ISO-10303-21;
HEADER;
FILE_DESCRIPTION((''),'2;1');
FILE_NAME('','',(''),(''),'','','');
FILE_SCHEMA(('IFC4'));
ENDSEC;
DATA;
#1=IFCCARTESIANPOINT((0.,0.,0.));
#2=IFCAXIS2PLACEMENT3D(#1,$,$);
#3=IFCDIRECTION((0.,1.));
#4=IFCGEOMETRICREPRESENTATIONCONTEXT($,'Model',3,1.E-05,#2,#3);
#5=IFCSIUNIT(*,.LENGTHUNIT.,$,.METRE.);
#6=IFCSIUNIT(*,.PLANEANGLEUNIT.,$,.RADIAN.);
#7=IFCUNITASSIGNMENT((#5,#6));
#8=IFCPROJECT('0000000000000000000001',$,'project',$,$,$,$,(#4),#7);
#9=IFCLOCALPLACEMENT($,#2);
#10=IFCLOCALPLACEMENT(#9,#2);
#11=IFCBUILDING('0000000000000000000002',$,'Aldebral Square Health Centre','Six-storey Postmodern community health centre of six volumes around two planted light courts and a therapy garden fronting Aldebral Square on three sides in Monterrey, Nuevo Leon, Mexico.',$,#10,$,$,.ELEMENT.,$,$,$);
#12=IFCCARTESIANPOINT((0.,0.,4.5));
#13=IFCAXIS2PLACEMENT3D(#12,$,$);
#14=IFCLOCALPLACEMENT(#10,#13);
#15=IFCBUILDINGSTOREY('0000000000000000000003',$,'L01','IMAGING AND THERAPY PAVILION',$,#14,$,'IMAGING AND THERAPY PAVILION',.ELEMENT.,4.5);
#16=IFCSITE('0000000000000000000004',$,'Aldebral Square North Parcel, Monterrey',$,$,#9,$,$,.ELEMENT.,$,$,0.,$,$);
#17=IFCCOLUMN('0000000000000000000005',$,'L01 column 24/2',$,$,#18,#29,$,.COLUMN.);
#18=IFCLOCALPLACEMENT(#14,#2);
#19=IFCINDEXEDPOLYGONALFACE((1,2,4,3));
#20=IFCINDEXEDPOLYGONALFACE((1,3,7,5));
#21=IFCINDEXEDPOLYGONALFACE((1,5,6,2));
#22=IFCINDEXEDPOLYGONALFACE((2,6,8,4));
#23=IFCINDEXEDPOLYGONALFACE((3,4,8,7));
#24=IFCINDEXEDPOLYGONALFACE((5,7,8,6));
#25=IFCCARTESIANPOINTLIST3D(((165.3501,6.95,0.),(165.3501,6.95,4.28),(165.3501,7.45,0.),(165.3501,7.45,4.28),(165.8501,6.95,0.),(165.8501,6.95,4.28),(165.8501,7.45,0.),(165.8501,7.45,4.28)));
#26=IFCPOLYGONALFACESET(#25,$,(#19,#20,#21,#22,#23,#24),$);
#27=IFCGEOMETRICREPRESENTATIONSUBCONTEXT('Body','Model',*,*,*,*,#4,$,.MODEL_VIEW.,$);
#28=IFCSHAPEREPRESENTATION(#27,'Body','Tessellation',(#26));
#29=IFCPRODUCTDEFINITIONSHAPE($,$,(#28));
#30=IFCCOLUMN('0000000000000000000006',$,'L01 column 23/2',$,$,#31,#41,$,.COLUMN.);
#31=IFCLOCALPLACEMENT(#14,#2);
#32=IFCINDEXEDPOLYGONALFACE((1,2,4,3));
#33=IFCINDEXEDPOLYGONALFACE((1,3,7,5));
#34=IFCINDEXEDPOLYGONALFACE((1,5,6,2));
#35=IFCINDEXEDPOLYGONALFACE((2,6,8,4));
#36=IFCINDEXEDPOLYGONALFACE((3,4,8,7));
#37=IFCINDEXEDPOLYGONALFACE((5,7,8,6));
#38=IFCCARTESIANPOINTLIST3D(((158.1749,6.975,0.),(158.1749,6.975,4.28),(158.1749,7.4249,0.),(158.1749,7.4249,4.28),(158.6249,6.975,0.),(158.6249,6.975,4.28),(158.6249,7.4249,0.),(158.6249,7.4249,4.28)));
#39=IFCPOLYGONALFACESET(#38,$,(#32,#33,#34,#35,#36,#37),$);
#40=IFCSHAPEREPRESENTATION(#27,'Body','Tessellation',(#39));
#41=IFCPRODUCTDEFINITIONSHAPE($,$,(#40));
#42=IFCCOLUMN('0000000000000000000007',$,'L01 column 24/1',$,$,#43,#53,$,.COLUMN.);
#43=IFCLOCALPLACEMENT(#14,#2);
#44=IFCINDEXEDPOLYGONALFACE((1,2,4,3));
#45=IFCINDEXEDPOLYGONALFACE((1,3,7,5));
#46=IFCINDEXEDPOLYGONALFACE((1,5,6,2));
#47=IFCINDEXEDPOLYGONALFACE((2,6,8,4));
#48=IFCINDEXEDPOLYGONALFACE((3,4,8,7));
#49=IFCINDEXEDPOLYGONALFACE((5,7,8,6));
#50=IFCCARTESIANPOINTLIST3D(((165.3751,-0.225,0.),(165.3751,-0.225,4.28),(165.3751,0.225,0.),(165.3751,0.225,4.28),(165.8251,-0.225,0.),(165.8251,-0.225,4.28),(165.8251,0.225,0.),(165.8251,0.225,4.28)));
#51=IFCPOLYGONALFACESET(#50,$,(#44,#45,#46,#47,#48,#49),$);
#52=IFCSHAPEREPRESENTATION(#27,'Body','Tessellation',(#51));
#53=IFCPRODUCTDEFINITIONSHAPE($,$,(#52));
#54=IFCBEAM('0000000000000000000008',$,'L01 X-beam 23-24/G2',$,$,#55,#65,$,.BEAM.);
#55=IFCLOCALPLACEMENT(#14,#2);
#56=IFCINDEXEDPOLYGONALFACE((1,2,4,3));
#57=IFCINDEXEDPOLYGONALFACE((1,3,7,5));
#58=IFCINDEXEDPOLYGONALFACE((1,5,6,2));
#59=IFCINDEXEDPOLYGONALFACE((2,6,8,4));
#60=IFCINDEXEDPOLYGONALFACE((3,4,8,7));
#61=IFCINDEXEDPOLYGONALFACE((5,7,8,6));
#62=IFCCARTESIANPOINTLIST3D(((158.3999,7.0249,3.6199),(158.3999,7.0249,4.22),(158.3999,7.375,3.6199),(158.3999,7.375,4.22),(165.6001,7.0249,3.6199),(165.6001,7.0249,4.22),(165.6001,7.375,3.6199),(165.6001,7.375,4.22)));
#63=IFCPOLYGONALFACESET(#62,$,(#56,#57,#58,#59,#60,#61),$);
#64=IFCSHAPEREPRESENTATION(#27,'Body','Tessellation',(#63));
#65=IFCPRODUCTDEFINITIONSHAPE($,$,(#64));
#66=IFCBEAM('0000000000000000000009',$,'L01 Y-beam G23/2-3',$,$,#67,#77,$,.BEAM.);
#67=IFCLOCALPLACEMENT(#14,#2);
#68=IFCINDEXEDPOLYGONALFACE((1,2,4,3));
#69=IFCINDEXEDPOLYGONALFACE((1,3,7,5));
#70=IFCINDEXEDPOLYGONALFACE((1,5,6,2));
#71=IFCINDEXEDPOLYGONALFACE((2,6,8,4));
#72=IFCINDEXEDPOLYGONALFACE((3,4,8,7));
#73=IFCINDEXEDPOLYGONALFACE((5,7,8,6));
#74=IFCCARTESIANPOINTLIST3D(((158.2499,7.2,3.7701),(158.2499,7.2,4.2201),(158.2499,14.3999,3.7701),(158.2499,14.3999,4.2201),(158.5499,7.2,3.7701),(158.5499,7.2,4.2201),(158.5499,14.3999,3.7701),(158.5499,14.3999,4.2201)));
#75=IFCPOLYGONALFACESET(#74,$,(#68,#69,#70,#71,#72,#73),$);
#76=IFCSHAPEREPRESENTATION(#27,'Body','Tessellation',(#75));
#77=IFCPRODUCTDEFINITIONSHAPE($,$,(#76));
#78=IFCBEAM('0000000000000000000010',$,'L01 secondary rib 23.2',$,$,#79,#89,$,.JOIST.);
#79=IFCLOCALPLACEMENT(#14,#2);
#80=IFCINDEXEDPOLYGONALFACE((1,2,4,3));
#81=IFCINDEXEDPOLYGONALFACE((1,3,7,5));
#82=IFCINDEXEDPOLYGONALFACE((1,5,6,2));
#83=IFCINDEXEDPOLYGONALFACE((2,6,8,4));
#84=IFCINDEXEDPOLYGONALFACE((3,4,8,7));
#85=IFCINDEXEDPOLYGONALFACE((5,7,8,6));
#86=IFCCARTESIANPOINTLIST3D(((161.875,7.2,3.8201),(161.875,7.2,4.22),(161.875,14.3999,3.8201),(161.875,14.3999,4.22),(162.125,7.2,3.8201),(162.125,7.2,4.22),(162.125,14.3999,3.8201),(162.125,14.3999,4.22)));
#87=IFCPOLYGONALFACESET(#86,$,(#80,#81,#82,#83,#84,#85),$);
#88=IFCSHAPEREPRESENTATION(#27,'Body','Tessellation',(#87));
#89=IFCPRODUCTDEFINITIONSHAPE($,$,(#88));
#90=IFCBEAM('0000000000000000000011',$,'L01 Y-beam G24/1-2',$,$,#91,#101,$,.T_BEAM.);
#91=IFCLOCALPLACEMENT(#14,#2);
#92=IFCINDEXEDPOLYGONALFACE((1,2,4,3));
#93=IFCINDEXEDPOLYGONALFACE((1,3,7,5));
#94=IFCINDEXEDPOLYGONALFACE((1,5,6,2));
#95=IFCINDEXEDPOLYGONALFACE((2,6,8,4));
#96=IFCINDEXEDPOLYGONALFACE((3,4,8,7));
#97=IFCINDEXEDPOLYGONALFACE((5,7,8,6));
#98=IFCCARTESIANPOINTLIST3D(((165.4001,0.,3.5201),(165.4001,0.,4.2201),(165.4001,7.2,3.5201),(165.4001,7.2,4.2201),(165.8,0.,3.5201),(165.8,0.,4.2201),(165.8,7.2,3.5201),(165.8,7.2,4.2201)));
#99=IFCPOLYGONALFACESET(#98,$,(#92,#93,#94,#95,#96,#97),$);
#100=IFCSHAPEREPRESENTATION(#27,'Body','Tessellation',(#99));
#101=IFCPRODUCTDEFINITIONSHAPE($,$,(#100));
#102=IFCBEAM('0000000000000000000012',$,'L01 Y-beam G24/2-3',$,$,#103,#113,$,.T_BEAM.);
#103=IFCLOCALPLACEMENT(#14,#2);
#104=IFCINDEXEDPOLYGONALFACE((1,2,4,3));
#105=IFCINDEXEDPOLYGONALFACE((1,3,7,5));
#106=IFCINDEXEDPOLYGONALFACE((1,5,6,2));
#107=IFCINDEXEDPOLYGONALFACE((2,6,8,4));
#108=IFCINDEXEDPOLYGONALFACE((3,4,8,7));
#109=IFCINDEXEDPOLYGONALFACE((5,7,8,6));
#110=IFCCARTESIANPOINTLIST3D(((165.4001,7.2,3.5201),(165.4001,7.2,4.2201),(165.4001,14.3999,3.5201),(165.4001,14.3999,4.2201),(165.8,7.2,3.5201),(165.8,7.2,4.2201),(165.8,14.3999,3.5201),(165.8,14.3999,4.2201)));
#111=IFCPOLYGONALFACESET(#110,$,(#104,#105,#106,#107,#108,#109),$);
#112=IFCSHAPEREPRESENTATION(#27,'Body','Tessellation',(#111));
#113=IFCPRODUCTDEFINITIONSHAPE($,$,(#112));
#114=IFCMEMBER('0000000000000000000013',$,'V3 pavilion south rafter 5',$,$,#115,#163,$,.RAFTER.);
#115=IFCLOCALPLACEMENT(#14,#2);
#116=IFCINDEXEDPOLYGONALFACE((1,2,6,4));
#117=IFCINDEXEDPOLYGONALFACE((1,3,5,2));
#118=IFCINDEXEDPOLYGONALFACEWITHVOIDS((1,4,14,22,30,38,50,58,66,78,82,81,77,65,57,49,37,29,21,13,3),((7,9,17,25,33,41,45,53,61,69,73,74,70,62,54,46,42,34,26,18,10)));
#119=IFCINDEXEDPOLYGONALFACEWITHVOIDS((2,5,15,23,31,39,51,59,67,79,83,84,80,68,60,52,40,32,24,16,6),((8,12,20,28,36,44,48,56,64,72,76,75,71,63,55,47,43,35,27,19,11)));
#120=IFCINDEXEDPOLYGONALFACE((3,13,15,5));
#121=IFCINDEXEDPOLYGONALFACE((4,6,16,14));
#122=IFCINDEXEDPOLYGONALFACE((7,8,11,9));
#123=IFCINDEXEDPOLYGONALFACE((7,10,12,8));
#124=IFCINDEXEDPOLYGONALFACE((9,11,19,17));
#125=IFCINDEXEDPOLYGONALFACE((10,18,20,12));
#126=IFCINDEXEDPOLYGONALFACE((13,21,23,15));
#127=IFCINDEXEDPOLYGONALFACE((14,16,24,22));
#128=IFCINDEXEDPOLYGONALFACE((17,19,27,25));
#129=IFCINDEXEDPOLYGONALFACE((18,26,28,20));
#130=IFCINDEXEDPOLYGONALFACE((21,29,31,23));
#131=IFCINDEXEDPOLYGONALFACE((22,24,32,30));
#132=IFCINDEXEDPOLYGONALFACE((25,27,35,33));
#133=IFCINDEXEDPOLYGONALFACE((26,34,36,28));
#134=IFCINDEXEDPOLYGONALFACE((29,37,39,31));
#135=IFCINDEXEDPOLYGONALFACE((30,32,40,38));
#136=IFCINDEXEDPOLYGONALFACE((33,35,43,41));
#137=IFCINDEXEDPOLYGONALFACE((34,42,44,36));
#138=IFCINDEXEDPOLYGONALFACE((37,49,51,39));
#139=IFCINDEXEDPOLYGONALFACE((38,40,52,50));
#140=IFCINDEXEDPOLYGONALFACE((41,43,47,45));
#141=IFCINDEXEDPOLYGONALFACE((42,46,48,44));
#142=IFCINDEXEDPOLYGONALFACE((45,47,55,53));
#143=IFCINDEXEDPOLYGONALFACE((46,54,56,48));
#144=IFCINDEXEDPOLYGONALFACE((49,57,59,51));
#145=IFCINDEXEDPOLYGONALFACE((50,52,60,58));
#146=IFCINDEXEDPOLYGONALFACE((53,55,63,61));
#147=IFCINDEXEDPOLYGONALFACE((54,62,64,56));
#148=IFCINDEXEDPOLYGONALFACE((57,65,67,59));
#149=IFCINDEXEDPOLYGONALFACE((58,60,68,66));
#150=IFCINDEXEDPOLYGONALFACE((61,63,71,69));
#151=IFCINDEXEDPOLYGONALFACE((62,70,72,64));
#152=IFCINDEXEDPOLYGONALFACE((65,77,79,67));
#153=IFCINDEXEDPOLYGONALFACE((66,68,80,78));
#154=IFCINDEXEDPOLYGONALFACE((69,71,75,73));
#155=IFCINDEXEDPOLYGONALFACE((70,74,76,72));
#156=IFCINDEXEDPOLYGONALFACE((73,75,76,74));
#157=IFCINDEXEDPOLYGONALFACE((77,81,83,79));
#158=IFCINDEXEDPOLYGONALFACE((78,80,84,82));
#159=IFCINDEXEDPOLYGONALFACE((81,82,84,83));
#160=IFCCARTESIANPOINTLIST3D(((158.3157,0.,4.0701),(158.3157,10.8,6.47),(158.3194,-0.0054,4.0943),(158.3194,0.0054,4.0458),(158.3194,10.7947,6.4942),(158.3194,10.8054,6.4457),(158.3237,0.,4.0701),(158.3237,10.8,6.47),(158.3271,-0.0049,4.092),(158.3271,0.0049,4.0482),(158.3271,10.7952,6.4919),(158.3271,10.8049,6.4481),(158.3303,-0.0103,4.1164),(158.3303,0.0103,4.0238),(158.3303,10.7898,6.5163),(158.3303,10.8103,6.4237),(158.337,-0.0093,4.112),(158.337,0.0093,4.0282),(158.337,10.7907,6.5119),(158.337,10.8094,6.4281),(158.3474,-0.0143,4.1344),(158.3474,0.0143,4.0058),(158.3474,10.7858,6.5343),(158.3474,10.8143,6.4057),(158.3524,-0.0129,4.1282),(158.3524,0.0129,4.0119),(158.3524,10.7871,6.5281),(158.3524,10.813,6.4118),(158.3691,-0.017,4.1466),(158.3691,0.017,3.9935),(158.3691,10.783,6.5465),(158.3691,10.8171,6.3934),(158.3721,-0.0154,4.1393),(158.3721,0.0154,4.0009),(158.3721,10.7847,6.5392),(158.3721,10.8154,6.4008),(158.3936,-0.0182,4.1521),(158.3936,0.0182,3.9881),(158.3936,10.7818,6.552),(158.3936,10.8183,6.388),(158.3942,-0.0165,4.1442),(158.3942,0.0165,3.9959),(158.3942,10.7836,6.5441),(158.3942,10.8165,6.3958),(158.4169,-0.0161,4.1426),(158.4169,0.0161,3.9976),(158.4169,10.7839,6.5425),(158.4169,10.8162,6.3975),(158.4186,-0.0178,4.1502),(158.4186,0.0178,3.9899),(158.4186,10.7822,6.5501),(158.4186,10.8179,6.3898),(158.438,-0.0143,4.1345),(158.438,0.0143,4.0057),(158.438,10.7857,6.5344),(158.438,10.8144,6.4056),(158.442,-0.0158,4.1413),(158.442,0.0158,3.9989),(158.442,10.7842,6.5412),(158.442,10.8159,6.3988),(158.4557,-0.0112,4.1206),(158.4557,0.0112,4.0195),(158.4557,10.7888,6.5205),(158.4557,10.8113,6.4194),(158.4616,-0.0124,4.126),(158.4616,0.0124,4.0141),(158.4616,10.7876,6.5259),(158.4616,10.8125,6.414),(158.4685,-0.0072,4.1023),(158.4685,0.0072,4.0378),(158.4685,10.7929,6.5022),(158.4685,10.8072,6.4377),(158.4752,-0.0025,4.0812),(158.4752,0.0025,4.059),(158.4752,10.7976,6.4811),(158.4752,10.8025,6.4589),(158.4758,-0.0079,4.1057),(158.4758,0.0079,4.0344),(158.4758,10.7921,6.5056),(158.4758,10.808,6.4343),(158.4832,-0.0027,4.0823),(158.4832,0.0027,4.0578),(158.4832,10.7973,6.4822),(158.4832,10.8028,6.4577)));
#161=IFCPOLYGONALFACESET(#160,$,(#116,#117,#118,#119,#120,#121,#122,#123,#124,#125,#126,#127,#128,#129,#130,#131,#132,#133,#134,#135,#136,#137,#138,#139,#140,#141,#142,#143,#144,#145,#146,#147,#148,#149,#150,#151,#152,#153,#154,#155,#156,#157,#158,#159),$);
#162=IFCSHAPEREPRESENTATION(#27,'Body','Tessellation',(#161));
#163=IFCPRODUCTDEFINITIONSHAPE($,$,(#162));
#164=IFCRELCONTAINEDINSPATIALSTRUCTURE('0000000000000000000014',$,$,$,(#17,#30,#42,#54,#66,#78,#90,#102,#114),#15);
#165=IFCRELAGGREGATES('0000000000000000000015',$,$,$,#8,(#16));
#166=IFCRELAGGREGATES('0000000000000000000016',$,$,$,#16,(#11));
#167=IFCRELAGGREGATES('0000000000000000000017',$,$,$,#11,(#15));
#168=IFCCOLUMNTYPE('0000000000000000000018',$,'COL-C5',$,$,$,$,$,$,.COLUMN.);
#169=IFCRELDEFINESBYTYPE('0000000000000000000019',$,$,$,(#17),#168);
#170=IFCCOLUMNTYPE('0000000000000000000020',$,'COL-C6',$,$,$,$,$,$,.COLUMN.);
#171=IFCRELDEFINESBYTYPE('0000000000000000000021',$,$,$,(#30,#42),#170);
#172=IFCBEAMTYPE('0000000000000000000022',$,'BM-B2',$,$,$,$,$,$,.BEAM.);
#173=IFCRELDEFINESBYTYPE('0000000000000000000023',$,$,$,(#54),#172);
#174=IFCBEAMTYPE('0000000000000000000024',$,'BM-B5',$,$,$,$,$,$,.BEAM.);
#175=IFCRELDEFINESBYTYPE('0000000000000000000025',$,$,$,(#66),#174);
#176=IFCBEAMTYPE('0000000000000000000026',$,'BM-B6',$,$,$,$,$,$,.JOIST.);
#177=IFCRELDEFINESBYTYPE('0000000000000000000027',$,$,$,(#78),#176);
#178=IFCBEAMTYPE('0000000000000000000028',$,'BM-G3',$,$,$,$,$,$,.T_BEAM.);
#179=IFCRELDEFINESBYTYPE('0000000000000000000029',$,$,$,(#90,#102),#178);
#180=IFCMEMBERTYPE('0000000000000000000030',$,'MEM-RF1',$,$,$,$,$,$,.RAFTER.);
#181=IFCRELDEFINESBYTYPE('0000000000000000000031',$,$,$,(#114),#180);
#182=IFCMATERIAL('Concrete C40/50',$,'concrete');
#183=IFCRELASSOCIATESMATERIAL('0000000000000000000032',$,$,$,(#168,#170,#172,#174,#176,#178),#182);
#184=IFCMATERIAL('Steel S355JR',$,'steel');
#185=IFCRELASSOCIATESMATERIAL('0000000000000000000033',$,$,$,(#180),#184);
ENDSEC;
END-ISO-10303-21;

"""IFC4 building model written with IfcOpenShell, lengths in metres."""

from ifc_helpers import new_model, si_unit, direction, frame, origin, origin_2d, place, context, subcontext, project, spatial, rectangle, hollow_circle, extrude, material, material_profile, profile_set, type_object, element, save


model = new_model("IFC4")

# Units and contexts
model_context = context("Model", 3, precision=1e-05, world=origin(), true_north=direction((0.0, 1.0)))
body_context = subcontext(model_context, "Body", "Model", "MODEL_VIEW")
ifc_project = project(units=[si_unit("LENGTHUNIT", "METRE"), si_unit("PLANEANGLEUNIT", "RADIAN")], contexts=[model_context])

# Site, building, storey
site_placement = place(None, origin())
site = spatial("IfcSite", under=ifc_project, at=site_placement, Name="Aldebral Square North Parcel, Monterrey", CompositionType="ELEMENT", RefElevation=0.0)
building_placement = place(site_placement, origin())
building = spatial("IfcBuilding", under=site, at=building_placement, Name="Aldebral Square Health Centre", Description="Six-storey Postmodern community health centre of six volumes around two planted light courts and a therapy garden fronting Aldebral Square on three sides in Monterrey, Nuevo Leon, Mexico.", CompositionType="ELEMENT")
storey_placement = place(building_placement, frame((0.0, 0.0, 4.5)))
storey = spatial("IfcBuildingStorey", under=building, at=storey_placement, Name="L01", Description="IMAGING AND THERAPY PAVILION", LongName="IMAGING AND THERAPY PAVILION", CompositionType="ELEMENT", Elevation=4.5)

# Columns
ifc_material_1 = material(Name="Concrete C40/50", Category="concrete")
ifc_material_profile_1 = material_profile(ifc_material_1, rectangle(XDim=0.5, YDim=0.5, at=origin_2d()), Name="RC 500x500")
ifc_profile_set_1 = profile_set([ifc_material_profile_1], Name="Concrete C40/50")
column_type_1 = type_object("IfcColumnType", Name="COL-C5", PredefinedType="COLUMN", material=ifc_profile_set_1)
column_placement = place(storey_placement, frame((165.6001, 7.2, 0.0), z_axis=(0.0, 0.0, 1.0), x_axis=(1.0, 0.0, 0.0)))
element("IfcColumn", 1, at=column_placement, inside=storey, type_object=column_type_1, Name="L01 column 24/2", PredefinedType="COLUMN", context=body_context, shape_type="SweptSolid", body=[
    extrude(rectangle(XDim=0.5, YDim=0.5, at=origin_2d()), origin(), (0.0, 0.0, 1.0), 4.28),
])
ifc_material_profile_2 = material_profile(ifc_material_1, rectangle(XDim=0.45, YDim=0.45, at=origin_2d()), Name="RC 450x450")
ifc_profile_set_2 = profile_set([ifc_material_profile_2], Name="Concrete C40/50")
column_type_2 = type_object("IfcColumnType", Name="COL-C6", PredefinedType="COLUMN", material=ifc_profile_set_2)
for number, where, z_axis, x_axis, name in (
    (2, (158.3999, 7.2, 0.0), (0.0, 0.0, 1.0), (1.0, 0.0, 0.0), "L01 column 23/2"),
    (3, (165.6001, 0.0, 0.0), (0.0, 0.0, 1.0), (1.0, 0.0, 0.0), "L01 column 24/1"),
):
    element("IfcColumn", number, at=place(storey_placement, frame(where, z_axis=z_axis, x_axis=x_axis)), inside=storey, type_object=column_type_2, Name=name, PredefinedType="COLUMN", context=body_context, shape_type="SweptSolid", body=[
        extrude(rectangle(XDim=0.45, YDim=0.45, at=origin_2d()), origin(), (0.0, 0.0, 1.0), 4.28),
    ])

# Beams
ifc_material_profile_3 = material_profile(ifc_material_1, rectangle(XDim=0.3501, YDim=0.6001, at=origin_2d()), Name="RC 350x600")
ifc_profile_set_3 = profile_set([ifc_material_profile_3], Name="Concrete C40/50")
beam_type_1 = type_object("IfcBeamType", Name="BM-B2", PredefinedType="BEAM", material=ifc_profile_set_3)
beam_1_placement = place(storey_placement, frame((158.3999, 7.2, 3.9199), z_axis=(1.0, 0.0, 0.0), x_axis=(0.0, 1.0, 0.0)))
element("IfcBeam", 4, at=beam_1_placement, inside=storey, type_object=beam_type_1, Name="L01 X-beam 23-24/G2", PredefinedType="BEAM", context=body_context, shape_type="SweptSolid", body=[
    extrude(rectangle(XDim=0.3501, YDim=0.6001, at=origin_2d()), origin(), (0.0, 0.0, 1.0), 7.2002),
])
ifc_material_profile_4 = material_profile(ifc_material_1, rectangle(XDim=0.3, YDim=0.45, at=origin_2d()), Name="RC 300x450")
ifc_profile_set_4 = profile_set([ifc_material_profile_4], Name="Concrete C40/50")
beam_type_2 = type_object("IfcBeamType", Name="BM-B5", PredefinedType="BEAM", material=ifc_profile_set_4)
beam_2_placement = place(storey_placement, frame((158.3999, 7.2, 3.9951), z_axis=(0.0, 1.0, 0.0), x_axis=(-1.0, 0.0, 0.0)))
element("IfcBeam", 5, at=beam_2_placement, inside=storey, type_object=beam_type_2, Name="L01 Y-beam G23/2-3", PredefinedType="BEAM", context=body_context, shape_type="SweptSolid", body=[
    extrude(rectangle(XDim=0.3, YDim=0.45, at=origin_2d()), origin(), (0.0, 0.0, 1.0), 7.2),
])
ifc_material_profile_5 = material_profile(ifc_material_1, rectangle(XDim=0.25, YDim=0.3999, at=origin_2d()), Name="RC 250x400")
ifc_profile_set_5 = profile_set([ifc_material_profile_5], Name="Concrete C40/50")
beam_type_3 = type_object("IfcBeamType", Name="BM-B6", PredefinedType="JOIST", material=ifc_profile_set_5)
beam_3_placement = place(storey_placement, frame((162.0, 7.2, 4.02), z_axis=(0.0, 1.0, 0.0), x_axis=(-1.0, 0.0, 0.0)))
element("IfcBeam", 6, at=beam_3_placement, inside=storey, type_object=beam_type_3, Name="L01 secondary rib 23.2", PredefinedType="JOIST", context=body_context, shape_type="SweptSolid", body=[
    extrude(rectangle(XDim=0.25, YDim=0.3999, at=origin_2d()), origin(), (0.0, 0.0, 1.0), 7.2),
])
ifc_material_profile_6 = material_profile(ifc_material_1, rectangle(XDim=0.3999, YDim=0.7, at=origin_2d()), Name="RC 400x700")
ifc_profile_set_6 = profile_set([ifc_material_profile_6], Name="Concrete C40/50")
beam_type_4 = type_object("IfcBeamType", Name="BM-G3", PredefinedType="T_BEAM", material=ifc_profile_set_6)
for number, where, z_axis, x_axis, name in (
    (7, (165.6001, 0.0, 3.8701), (0.0, 1.0, 0.0), (-1.0, 0.0, 0.0), "L01 Y-beam G24/1-2"),
    (8, (165.6001, 7.2, 3.8701), (0.0, 1.0, 0.0), (-1.0, 0.0, 0.0), "L01 Y-beam G24/2-3"),
):
    element("IfcBeam", number, at=place(storey_placement, frame(where, z_axis=z_axis, x_axis=x_axis)), inside=storey, type_object=beam_type_4, Name=name, PredefinedType="T_BEAM", context=body_context, shape_type="SweptSolid", body=[
        extrude(rectangle(XDim=0.3999, YDim=0.7, at=origin_2d()), origin(), (0.0, 0.0, 1.0), 7.2),
    ])

# Member
ifc_material_2 = material(Name="Steel S355JR", Category="steel")
ifc_material_profile_7 = material_profile(ifc_material_2, hollow_circle(Radius=0.0842, WallThickness=0.0081, at=origin_2d()), Name="168.3x8.0 CHS")
ifc_profile_set_7 = profile_set([ifc_material_profile_7], Name="Steel S355JR")
member_type = type_object("IfcMemberType", Name="MEM-RF1", PredefinedType="RAFTER", material=ifc_profile_set_7)
for number, where, z_axis, x_axis, name in (
    (9, (158.3999, 0.0, 4.0701), (0.0, 0.976189, 0.216921), (-1.0, 0.0, 0.0), "V3 pavilion south rafter 5"),
):
    element("IfcMember", number, at=place(storey_placement, frame(where, z_axis=z_axis, x_axis=x_axis)), inside=storey, type_object=member_type, Name=name, PredefinedType="RAFTER", context=body_context, shape_type="SweptSolid", body=[
        extrude(hollow_circle(Radius=0.0842, WallThickness=0.0081, at=origin_2d()), origin(), (0.0, 0.0, 1.0), 11.0635),
    ])

save(model, "model.ifc")
